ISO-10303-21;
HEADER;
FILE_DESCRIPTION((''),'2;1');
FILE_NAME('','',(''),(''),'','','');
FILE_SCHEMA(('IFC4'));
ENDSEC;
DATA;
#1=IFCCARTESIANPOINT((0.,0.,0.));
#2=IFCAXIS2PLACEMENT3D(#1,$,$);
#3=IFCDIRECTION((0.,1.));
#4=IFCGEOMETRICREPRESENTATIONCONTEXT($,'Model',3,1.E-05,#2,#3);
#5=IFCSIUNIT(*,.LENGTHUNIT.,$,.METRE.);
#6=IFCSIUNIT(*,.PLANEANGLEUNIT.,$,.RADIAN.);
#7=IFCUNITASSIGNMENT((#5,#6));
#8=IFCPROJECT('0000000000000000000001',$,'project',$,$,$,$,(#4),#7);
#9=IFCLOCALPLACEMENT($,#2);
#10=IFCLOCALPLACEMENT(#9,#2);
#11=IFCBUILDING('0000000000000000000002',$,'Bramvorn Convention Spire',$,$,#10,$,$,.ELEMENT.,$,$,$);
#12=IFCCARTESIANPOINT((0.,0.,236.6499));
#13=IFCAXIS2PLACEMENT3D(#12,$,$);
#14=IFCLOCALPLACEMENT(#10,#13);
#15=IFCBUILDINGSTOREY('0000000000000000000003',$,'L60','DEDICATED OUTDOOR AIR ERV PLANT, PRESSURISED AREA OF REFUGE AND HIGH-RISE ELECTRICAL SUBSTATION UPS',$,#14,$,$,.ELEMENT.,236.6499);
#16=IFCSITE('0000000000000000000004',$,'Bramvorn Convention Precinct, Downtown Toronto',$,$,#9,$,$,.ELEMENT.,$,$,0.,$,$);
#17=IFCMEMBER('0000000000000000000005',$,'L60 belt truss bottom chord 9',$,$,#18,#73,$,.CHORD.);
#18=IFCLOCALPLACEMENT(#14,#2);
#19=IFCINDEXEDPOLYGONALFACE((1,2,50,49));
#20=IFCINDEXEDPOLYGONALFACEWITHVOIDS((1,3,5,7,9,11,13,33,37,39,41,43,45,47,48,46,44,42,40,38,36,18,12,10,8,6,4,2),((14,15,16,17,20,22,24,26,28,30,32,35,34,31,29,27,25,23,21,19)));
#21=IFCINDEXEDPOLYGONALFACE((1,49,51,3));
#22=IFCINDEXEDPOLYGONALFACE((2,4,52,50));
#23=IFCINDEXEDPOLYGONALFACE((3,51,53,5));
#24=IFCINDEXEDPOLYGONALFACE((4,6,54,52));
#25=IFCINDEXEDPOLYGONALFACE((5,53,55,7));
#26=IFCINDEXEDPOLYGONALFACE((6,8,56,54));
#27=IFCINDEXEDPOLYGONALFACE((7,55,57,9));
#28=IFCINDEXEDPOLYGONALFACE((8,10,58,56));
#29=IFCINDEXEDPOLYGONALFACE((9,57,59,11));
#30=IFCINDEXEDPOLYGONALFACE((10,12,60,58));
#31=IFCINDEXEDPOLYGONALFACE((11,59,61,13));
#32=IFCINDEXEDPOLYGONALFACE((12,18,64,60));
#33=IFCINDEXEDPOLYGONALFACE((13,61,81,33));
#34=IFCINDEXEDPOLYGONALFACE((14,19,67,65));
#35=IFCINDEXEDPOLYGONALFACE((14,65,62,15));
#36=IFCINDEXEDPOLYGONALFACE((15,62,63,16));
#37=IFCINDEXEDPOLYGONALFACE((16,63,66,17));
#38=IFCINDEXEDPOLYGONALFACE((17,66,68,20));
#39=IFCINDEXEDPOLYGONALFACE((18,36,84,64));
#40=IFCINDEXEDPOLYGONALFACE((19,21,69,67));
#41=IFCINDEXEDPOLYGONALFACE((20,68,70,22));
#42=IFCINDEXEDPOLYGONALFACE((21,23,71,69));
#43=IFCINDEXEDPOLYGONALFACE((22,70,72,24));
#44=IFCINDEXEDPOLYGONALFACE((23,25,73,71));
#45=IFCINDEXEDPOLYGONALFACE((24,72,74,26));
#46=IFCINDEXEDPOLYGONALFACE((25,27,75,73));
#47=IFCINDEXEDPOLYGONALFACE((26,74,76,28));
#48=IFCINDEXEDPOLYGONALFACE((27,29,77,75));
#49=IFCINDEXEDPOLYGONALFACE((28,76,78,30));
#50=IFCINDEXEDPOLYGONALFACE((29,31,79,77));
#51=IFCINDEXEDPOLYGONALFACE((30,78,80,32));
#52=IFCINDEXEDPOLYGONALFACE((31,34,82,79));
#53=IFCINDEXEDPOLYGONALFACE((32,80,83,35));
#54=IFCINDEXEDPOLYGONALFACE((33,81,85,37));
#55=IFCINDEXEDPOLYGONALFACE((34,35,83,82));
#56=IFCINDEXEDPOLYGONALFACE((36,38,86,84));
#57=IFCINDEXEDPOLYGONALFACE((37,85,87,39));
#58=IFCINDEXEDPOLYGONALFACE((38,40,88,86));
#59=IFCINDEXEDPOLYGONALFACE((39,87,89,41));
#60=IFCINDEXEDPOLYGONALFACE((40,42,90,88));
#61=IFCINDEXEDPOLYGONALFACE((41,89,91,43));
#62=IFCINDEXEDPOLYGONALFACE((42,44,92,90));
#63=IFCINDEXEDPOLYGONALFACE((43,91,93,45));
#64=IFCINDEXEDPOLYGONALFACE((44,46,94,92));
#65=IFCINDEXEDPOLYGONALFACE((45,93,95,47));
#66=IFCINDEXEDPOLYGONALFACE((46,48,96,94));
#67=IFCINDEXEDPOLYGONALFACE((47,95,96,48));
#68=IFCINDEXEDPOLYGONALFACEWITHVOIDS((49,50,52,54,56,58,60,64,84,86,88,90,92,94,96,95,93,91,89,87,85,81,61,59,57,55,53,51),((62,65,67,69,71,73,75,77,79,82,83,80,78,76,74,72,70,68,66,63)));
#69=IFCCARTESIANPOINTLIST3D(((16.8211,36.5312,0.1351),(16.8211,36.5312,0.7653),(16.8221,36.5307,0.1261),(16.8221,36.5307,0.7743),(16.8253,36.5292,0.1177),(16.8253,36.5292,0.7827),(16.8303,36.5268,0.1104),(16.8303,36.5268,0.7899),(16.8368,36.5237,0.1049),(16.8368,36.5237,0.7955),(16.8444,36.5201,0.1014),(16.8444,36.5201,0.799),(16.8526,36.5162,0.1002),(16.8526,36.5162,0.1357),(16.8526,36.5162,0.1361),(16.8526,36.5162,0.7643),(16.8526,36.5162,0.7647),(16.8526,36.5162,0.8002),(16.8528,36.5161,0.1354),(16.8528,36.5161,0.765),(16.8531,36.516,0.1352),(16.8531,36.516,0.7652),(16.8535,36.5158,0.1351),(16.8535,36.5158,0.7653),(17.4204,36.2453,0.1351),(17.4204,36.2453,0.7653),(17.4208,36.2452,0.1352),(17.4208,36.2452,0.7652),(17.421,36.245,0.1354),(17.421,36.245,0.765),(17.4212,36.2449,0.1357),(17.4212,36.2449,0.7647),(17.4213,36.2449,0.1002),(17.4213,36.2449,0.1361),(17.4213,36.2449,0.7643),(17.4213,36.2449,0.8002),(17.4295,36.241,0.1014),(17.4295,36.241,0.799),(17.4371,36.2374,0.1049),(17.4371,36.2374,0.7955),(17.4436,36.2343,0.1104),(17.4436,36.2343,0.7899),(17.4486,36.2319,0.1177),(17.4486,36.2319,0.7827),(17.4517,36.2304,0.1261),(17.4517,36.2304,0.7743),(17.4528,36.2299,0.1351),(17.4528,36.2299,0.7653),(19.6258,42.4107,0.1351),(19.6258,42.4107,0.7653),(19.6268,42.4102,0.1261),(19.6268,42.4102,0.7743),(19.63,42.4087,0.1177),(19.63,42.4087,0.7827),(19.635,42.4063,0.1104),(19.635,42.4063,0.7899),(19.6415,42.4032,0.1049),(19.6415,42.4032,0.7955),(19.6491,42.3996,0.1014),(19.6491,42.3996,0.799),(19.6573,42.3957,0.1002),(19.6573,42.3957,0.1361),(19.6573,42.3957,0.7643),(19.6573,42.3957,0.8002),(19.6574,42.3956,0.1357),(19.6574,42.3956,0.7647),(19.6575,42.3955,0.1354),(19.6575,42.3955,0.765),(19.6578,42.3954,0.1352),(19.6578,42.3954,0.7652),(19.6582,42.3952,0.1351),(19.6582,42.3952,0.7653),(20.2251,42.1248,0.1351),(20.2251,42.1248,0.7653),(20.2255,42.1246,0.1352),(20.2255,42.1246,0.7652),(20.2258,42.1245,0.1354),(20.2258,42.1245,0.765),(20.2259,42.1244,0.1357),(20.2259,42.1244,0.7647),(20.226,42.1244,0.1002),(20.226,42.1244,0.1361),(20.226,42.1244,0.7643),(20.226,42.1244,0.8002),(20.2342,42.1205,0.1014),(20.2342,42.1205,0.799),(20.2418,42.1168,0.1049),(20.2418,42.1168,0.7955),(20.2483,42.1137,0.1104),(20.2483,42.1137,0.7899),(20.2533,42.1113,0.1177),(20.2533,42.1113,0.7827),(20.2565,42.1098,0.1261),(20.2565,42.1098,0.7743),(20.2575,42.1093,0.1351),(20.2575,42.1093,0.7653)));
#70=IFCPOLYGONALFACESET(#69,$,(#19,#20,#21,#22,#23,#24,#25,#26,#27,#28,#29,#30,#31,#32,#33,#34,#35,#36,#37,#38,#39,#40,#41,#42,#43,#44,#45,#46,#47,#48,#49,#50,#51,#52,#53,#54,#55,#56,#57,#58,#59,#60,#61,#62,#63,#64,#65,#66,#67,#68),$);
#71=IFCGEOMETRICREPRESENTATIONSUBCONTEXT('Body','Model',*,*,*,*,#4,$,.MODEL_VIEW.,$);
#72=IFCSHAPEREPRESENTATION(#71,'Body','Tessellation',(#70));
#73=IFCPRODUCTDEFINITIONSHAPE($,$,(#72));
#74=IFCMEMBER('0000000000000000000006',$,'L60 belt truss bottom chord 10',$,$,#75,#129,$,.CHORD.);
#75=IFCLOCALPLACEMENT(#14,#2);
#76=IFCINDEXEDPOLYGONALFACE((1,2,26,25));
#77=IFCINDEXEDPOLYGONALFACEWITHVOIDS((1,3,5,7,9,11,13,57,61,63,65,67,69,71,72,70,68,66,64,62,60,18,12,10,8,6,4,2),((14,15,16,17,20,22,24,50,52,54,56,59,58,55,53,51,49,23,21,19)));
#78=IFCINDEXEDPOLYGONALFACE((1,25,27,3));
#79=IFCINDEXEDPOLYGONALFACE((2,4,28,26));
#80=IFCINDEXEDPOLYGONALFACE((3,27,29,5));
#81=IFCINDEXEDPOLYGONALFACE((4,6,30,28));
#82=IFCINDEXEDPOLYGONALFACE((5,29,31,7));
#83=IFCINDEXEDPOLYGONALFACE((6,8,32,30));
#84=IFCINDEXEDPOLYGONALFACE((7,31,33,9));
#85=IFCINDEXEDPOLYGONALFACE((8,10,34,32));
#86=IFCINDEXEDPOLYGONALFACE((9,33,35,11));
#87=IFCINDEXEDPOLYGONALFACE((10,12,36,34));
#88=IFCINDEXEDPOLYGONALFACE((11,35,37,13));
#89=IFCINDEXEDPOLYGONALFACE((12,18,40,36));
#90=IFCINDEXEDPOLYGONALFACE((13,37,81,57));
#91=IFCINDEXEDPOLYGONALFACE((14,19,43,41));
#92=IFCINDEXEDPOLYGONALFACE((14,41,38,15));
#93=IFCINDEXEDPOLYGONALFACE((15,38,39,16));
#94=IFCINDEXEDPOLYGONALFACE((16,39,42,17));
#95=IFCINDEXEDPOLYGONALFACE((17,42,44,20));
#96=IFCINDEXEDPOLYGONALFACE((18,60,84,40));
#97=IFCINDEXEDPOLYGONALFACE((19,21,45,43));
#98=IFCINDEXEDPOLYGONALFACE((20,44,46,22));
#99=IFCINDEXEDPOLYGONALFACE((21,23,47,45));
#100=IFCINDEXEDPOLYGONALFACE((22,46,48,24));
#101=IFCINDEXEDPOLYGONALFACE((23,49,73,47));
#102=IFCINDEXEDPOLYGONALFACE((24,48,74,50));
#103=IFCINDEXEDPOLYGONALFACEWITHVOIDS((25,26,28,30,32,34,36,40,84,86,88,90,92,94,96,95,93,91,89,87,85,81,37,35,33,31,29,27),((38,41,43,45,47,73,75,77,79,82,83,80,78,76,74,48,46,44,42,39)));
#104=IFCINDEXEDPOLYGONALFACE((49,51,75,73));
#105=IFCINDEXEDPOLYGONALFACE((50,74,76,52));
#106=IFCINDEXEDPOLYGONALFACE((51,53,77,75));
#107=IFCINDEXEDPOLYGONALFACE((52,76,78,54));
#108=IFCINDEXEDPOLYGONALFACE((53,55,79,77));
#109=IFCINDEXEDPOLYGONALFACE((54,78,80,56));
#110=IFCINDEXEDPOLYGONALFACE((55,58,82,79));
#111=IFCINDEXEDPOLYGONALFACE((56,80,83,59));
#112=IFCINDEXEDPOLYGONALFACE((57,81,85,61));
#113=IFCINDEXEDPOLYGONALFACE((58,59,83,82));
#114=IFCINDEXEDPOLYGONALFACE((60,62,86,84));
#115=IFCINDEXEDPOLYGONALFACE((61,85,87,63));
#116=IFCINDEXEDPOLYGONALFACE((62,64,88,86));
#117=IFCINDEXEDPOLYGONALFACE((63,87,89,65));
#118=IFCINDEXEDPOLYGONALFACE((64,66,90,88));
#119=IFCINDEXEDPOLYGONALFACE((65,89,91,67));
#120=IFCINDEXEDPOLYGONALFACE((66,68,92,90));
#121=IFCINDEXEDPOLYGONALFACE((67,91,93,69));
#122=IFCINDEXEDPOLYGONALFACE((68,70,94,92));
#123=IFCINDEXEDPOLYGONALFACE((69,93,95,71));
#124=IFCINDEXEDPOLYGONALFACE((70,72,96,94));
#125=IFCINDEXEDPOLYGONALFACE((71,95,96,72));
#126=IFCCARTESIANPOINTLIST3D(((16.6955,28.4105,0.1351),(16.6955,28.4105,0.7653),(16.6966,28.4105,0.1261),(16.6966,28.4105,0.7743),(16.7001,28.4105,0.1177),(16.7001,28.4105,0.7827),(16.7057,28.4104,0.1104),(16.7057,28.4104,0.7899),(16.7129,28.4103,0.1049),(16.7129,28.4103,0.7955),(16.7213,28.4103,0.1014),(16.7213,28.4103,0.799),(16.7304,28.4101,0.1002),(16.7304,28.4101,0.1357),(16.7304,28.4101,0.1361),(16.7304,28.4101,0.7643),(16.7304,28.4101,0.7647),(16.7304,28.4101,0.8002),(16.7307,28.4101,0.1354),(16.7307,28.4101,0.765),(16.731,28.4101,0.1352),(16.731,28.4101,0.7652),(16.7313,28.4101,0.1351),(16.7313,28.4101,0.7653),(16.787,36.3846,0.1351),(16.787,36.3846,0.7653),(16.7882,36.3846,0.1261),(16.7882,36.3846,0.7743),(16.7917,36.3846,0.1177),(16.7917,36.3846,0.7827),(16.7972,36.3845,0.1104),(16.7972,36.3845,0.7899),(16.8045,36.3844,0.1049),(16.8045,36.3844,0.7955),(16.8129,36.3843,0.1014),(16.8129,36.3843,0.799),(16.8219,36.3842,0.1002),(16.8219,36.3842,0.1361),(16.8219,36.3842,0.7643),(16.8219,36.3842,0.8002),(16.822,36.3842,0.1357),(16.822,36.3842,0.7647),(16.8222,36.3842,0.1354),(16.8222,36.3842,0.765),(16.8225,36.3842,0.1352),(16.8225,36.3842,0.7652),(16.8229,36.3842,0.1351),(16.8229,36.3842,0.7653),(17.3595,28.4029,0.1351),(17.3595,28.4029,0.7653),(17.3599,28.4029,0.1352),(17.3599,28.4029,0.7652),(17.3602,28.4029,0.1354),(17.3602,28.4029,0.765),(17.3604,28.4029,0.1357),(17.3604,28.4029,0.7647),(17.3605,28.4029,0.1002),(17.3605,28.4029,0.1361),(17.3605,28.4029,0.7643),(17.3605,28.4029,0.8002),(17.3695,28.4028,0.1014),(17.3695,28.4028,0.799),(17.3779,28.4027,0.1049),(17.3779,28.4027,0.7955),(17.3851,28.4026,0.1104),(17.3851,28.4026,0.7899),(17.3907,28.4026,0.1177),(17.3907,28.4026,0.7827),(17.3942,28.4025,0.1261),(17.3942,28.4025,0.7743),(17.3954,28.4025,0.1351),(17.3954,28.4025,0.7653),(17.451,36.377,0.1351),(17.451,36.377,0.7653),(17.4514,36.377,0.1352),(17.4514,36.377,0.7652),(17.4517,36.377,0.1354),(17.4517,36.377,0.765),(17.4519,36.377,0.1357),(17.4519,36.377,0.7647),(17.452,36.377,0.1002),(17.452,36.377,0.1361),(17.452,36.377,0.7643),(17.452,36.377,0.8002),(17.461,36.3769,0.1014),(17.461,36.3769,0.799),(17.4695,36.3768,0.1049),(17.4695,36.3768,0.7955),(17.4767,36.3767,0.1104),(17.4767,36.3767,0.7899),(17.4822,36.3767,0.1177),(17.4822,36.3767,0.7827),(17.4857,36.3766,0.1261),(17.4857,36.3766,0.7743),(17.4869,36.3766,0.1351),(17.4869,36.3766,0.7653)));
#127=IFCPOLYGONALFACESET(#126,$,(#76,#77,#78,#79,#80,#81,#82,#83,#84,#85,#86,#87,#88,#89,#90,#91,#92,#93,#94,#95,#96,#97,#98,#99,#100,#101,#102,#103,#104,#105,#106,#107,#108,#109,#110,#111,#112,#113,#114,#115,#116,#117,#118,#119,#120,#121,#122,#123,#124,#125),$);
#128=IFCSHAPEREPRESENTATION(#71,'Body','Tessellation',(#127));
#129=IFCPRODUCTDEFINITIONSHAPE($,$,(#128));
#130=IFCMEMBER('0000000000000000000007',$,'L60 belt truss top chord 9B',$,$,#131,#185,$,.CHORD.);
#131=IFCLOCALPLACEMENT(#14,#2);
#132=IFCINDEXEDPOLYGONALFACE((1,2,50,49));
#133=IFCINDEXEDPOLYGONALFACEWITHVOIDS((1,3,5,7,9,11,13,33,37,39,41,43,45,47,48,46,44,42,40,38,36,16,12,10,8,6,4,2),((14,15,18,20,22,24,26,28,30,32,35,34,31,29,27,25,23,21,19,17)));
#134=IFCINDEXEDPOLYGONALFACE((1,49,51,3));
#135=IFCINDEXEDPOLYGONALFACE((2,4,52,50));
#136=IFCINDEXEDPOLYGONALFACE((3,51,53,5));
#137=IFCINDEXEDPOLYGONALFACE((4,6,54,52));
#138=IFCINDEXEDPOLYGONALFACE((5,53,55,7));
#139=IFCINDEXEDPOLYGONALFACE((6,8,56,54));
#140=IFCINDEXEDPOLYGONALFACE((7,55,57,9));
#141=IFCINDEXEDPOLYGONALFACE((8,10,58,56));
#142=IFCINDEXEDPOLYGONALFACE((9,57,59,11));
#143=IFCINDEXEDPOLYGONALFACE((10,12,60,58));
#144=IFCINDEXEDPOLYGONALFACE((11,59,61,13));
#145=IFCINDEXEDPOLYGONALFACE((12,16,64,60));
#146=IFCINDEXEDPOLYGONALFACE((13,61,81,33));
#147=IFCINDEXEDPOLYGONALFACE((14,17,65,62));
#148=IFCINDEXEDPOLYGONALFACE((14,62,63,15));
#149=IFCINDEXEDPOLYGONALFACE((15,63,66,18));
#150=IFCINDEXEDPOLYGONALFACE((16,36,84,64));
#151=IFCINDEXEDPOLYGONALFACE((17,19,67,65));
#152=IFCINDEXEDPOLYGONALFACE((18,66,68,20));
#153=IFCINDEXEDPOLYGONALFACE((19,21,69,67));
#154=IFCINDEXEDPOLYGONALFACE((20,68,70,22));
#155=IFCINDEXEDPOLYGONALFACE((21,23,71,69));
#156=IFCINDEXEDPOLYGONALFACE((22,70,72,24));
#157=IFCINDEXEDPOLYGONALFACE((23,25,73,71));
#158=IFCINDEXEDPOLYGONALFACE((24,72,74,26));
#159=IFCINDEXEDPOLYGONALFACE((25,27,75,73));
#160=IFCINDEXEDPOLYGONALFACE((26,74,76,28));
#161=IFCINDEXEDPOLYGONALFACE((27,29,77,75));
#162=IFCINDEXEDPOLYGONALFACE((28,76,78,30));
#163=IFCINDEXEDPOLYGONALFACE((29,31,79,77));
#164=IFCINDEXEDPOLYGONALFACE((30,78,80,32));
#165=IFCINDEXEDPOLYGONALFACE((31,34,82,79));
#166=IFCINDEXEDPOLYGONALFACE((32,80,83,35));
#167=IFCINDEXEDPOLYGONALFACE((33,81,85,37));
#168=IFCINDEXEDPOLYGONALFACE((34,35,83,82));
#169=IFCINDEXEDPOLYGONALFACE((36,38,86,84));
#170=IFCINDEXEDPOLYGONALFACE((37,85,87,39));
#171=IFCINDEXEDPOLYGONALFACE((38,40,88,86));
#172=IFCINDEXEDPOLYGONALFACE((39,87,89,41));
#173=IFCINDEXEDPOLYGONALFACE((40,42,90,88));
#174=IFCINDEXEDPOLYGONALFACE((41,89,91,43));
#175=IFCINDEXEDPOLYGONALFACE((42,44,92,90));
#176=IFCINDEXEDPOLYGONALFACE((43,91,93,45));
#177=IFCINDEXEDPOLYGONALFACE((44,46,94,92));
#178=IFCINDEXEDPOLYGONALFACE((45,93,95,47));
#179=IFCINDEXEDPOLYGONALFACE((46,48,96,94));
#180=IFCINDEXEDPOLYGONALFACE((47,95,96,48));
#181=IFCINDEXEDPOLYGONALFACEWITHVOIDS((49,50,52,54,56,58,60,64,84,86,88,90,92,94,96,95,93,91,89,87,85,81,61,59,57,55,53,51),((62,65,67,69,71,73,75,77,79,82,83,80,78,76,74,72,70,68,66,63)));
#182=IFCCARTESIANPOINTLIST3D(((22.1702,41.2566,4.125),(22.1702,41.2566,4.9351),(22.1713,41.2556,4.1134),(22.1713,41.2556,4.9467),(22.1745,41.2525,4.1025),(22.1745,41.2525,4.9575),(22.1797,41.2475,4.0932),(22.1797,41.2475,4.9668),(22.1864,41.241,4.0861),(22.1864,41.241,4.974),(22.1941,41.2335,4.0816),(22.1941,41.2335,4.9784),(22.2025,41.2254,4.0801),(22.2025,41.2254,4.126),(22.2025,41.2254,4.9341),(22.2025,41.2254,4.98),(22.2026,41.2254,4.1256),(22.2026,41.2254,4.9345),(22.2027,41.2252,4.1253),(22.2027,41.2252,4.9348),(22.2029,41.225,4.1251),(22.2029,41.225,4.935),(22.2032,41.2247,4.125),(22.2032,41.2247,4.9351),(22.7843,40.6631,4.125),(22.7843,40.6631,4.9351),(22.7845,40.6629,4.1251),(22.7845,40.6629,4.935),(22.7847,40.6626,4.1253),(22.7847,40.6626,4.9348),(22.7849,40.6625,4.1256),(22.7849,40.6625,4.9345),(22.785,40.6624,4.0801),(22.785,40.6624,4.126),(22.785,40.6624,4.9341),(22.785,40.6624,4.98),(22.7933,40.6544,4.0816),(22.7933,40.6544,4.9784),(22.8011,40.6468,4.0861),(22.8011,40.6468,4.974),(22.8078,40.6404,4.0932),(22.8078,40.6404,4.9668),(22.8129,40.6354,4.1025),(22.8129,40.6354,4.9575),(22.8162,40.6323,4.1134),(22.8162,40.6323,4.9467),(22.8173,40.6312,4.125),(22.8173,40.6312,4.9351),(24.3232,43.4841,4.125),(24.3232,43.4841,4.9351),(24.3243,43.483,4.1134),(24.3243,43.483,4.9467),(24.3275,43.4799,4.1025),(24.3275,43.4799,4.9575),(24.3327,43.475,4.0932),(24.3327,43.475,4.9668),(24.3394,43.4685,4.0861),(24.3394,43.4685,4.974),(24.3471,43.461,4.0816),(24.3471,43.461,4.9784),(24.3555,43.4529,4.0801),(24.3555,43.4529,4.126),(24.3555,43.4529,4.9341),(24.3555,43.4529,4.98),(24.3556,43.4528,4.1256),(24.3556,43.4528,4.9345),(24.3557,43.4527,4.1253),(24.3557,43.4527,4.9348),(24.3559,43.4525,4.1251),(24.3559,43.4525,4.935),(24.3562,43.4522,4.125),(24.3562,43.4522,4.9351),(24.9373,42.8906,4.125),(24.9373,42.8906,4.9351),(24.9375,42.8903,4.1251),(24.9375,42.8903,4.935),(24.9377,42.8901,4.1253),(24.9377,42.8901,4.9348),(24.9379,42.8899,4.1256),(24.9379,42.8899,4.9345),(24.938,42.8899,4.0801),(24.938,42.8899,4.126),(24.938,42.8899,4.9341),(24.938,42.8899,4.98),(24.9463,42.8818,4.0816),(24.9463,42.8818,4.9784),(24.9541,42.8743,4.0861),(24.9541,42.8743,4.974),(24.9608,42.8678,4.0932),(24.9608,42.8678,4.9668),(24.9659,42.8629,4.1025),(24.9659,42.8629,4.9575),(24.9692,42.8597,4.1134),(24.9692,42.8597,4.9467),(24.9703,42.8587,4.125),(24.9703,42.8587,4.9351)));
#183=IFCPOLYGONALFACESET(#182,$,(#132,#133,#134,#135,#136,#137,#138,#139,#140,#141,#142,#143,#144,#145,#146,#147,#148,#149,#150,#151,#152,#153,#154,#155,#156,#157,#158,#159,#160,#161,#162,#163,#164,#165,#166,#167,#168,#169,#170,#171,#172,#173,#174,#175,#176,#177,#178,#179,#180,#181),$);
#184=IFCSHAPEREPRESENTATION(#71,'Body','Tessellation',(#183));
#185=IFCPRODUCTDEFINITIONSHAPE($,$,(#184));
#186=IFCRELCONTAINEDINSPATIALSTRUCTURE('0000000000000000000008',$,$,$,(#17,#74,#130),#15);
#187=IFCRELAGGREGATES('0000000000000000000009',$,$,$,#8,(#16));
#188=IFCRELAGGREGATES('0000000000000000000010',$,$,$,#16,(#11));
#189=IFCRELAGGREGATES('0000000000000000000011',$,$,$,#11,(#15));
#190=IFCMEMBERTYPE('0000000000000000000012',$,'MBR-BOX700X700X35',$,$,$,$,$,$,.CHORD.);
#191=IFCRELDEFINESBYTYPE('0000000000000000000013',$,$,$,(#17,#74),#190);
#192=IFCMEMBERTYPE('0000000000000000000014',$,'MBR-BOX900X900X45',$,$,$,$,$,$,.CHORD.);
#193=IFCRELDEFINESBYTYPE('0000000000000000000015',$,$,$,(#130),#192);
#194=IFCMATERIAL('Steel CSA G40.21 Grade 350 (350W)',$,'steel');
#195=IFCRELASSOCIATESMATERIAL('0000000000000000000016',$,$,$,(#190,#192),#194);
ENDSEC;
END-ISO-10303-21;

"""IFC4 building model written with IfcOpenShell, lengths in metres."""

from ifc_helpers import new_model, si_unit, direction, frame, origin, origin_2d, place, context, subcontext, project, spatial, hollow_rectangle, extrude, material, material_profile, profile_set, type_object, element, save


model = new_model("IFC4")

# Units and contexts
model_context = context("Model", 3, precision=1e-05, world=origin(), true_north=direction((0.0, 1.0)))
body_context = subcontext(model_context, "Body", "Model", "MODEL_VIEW")
ifc_project = project(units=[si_unit("LENGTHUNIT", "METRE"), si_unit("PLANEANGLEUNIT", "RADIAN")], contexts=[model_context])

# Site, building, storey
site_placement = place(None, origin())
site = spatial("IfcSite", under=ifc_project, at=site_placement, Name="Bramvorn Convention Precinct, Downtown Toronto", CompositionType="ELEMENT", RefElevation=0.0)
building_placement = place(site_placement, origin())
building = spatial("IfcBuilding", under=site, at=building_placement, Name="Bramvorn Convention Spire", CompositionType="ELEMENT")
storey_placement = place(building_placement, frame((0.0, 0.0, 236.6499)))
storey = spatial("IfcBuildingStorey", under=building, at=storey_placement, Name="L60", Description="DEDICATED OUTDOOR AIR ERV PLANT, PRESSURISED AREA OF REFUGE AND HIGH-RISE ELECTRICAL SUBSTATION UPS", CompositionType="ELEMENT", Elevation=236.6499)

# Shared definitions
ifc_material_1 = material(Name="Steel CSA G40.21 Grade 350 (350W)", Category="steel")

# Members
ifc_material_profile_1 = material_profile(ifc_material_1, hollow_rectangle(XDim=0.7, YDim=0.7, WallThickness=0.0349, InnerFilletRadius=0.001, OuterFilletRadius=0.0349, at=origin_2d()))
ifc_profile_set_1 = profile_set([ifc_material_profile_1], Name="Steel CSA G40.21 Grade 350 (350W) - BOX700X700X35")
member_type_1 = type_object("IfcMemberType", Name="MBR-BOX700X700X35", PredefinedType="CHORD", material=ifc_profile_set_1)
member_1_placement = place(storey_placement, frame((19.9417, 42.26, 0.4502), z_axis=(-0.430556, -0.902564, 0.0), x_axis=(0.902564, -0.430556, 0.0)))
element("IfcMember", 1, at=member_1_placement, inside=storey, type_object=member_type_1, Name="L60 belt truss bottom chord 9", PredefinedType="CHORD", context=body_context, shape_type="SweptSolid", body=[
    extrude(hollow_rectangle(XDim=0.7, YDim=0.7, WallThickness=0.0349, InnerFilletRadius=0.001, OuterFilletRadius=0.0349, at=origin_2d()), origin(), (0.0, 0.0, 1.0), 6.5142),
])
member_2_placement = place(storey_placement, frame((17.137, 36.3806, 0.4502), z_axis=(-0.01148, -0.999934, 0.0), x_axis=(0.999934, -0.01148, 0.0)))
element("IfcMember", 2, at=member_2_placement, inside=storey, type_object=member_type_1, Name="L60 belt truss bottom chord 10", PredefinedType="CHORD", context=body_context, shape_type="SweptSolid", body=[
    extrude(hollow_rectangle(XDim=0.7, YDim=0.7, WallThickness=0.0349, InnerFilletRadius=0.001, OuterFilletRadius=0.0349, at=origin_2d()), origin(), (0.0, 0.0, 1.0), 7.9746),
])
ifc_material_profile_2 = material_profile(ifc_material_1, hollow_rectangle(XDim=0.8999, YDim=0.8999, WallThickness=0.0449, InnerFilletRadius=0.001, OuterFilletRadius=0.0449, at=origin_2d()))
ifc_profile_set_2 = profile_set([ifc_material_profile_2], Name="Steel CSA G40.21 Grade 350 (350W) - BOX900X900X45")
member_type_2 = type_object("IfcMemberType", Name="MBR-BOX900X900X45", PredefinedType="CHORD", material=ifc_profile_set_2)
member_3_placement = place(storey_placement, frame((24.6467, 43.1714, 4.53), z_axis=(-0.694987, -0.719023, 0.0), x_axis=(0.719023, -0.694987, 0.0)))
element("IfcMember", 3, at=member_3_placement, inside=storey, type_object=member_type_2, Name="L60 belt truss top chord 9B", PredefinedType="CHORD", context=body_context, shape_type="SweptSolid", body=[
    extrude(hollow_rectangle(XDim=0.8999, YDim=0.8999, WallThickness=0.0449, InnerFilletRadius=0.001, OuterFilletRadius=0.0449, at=origin_2d()), origin(), (0.0, 0.0, 1.0), 3.0979),
])

save(model, "model.ifc")
